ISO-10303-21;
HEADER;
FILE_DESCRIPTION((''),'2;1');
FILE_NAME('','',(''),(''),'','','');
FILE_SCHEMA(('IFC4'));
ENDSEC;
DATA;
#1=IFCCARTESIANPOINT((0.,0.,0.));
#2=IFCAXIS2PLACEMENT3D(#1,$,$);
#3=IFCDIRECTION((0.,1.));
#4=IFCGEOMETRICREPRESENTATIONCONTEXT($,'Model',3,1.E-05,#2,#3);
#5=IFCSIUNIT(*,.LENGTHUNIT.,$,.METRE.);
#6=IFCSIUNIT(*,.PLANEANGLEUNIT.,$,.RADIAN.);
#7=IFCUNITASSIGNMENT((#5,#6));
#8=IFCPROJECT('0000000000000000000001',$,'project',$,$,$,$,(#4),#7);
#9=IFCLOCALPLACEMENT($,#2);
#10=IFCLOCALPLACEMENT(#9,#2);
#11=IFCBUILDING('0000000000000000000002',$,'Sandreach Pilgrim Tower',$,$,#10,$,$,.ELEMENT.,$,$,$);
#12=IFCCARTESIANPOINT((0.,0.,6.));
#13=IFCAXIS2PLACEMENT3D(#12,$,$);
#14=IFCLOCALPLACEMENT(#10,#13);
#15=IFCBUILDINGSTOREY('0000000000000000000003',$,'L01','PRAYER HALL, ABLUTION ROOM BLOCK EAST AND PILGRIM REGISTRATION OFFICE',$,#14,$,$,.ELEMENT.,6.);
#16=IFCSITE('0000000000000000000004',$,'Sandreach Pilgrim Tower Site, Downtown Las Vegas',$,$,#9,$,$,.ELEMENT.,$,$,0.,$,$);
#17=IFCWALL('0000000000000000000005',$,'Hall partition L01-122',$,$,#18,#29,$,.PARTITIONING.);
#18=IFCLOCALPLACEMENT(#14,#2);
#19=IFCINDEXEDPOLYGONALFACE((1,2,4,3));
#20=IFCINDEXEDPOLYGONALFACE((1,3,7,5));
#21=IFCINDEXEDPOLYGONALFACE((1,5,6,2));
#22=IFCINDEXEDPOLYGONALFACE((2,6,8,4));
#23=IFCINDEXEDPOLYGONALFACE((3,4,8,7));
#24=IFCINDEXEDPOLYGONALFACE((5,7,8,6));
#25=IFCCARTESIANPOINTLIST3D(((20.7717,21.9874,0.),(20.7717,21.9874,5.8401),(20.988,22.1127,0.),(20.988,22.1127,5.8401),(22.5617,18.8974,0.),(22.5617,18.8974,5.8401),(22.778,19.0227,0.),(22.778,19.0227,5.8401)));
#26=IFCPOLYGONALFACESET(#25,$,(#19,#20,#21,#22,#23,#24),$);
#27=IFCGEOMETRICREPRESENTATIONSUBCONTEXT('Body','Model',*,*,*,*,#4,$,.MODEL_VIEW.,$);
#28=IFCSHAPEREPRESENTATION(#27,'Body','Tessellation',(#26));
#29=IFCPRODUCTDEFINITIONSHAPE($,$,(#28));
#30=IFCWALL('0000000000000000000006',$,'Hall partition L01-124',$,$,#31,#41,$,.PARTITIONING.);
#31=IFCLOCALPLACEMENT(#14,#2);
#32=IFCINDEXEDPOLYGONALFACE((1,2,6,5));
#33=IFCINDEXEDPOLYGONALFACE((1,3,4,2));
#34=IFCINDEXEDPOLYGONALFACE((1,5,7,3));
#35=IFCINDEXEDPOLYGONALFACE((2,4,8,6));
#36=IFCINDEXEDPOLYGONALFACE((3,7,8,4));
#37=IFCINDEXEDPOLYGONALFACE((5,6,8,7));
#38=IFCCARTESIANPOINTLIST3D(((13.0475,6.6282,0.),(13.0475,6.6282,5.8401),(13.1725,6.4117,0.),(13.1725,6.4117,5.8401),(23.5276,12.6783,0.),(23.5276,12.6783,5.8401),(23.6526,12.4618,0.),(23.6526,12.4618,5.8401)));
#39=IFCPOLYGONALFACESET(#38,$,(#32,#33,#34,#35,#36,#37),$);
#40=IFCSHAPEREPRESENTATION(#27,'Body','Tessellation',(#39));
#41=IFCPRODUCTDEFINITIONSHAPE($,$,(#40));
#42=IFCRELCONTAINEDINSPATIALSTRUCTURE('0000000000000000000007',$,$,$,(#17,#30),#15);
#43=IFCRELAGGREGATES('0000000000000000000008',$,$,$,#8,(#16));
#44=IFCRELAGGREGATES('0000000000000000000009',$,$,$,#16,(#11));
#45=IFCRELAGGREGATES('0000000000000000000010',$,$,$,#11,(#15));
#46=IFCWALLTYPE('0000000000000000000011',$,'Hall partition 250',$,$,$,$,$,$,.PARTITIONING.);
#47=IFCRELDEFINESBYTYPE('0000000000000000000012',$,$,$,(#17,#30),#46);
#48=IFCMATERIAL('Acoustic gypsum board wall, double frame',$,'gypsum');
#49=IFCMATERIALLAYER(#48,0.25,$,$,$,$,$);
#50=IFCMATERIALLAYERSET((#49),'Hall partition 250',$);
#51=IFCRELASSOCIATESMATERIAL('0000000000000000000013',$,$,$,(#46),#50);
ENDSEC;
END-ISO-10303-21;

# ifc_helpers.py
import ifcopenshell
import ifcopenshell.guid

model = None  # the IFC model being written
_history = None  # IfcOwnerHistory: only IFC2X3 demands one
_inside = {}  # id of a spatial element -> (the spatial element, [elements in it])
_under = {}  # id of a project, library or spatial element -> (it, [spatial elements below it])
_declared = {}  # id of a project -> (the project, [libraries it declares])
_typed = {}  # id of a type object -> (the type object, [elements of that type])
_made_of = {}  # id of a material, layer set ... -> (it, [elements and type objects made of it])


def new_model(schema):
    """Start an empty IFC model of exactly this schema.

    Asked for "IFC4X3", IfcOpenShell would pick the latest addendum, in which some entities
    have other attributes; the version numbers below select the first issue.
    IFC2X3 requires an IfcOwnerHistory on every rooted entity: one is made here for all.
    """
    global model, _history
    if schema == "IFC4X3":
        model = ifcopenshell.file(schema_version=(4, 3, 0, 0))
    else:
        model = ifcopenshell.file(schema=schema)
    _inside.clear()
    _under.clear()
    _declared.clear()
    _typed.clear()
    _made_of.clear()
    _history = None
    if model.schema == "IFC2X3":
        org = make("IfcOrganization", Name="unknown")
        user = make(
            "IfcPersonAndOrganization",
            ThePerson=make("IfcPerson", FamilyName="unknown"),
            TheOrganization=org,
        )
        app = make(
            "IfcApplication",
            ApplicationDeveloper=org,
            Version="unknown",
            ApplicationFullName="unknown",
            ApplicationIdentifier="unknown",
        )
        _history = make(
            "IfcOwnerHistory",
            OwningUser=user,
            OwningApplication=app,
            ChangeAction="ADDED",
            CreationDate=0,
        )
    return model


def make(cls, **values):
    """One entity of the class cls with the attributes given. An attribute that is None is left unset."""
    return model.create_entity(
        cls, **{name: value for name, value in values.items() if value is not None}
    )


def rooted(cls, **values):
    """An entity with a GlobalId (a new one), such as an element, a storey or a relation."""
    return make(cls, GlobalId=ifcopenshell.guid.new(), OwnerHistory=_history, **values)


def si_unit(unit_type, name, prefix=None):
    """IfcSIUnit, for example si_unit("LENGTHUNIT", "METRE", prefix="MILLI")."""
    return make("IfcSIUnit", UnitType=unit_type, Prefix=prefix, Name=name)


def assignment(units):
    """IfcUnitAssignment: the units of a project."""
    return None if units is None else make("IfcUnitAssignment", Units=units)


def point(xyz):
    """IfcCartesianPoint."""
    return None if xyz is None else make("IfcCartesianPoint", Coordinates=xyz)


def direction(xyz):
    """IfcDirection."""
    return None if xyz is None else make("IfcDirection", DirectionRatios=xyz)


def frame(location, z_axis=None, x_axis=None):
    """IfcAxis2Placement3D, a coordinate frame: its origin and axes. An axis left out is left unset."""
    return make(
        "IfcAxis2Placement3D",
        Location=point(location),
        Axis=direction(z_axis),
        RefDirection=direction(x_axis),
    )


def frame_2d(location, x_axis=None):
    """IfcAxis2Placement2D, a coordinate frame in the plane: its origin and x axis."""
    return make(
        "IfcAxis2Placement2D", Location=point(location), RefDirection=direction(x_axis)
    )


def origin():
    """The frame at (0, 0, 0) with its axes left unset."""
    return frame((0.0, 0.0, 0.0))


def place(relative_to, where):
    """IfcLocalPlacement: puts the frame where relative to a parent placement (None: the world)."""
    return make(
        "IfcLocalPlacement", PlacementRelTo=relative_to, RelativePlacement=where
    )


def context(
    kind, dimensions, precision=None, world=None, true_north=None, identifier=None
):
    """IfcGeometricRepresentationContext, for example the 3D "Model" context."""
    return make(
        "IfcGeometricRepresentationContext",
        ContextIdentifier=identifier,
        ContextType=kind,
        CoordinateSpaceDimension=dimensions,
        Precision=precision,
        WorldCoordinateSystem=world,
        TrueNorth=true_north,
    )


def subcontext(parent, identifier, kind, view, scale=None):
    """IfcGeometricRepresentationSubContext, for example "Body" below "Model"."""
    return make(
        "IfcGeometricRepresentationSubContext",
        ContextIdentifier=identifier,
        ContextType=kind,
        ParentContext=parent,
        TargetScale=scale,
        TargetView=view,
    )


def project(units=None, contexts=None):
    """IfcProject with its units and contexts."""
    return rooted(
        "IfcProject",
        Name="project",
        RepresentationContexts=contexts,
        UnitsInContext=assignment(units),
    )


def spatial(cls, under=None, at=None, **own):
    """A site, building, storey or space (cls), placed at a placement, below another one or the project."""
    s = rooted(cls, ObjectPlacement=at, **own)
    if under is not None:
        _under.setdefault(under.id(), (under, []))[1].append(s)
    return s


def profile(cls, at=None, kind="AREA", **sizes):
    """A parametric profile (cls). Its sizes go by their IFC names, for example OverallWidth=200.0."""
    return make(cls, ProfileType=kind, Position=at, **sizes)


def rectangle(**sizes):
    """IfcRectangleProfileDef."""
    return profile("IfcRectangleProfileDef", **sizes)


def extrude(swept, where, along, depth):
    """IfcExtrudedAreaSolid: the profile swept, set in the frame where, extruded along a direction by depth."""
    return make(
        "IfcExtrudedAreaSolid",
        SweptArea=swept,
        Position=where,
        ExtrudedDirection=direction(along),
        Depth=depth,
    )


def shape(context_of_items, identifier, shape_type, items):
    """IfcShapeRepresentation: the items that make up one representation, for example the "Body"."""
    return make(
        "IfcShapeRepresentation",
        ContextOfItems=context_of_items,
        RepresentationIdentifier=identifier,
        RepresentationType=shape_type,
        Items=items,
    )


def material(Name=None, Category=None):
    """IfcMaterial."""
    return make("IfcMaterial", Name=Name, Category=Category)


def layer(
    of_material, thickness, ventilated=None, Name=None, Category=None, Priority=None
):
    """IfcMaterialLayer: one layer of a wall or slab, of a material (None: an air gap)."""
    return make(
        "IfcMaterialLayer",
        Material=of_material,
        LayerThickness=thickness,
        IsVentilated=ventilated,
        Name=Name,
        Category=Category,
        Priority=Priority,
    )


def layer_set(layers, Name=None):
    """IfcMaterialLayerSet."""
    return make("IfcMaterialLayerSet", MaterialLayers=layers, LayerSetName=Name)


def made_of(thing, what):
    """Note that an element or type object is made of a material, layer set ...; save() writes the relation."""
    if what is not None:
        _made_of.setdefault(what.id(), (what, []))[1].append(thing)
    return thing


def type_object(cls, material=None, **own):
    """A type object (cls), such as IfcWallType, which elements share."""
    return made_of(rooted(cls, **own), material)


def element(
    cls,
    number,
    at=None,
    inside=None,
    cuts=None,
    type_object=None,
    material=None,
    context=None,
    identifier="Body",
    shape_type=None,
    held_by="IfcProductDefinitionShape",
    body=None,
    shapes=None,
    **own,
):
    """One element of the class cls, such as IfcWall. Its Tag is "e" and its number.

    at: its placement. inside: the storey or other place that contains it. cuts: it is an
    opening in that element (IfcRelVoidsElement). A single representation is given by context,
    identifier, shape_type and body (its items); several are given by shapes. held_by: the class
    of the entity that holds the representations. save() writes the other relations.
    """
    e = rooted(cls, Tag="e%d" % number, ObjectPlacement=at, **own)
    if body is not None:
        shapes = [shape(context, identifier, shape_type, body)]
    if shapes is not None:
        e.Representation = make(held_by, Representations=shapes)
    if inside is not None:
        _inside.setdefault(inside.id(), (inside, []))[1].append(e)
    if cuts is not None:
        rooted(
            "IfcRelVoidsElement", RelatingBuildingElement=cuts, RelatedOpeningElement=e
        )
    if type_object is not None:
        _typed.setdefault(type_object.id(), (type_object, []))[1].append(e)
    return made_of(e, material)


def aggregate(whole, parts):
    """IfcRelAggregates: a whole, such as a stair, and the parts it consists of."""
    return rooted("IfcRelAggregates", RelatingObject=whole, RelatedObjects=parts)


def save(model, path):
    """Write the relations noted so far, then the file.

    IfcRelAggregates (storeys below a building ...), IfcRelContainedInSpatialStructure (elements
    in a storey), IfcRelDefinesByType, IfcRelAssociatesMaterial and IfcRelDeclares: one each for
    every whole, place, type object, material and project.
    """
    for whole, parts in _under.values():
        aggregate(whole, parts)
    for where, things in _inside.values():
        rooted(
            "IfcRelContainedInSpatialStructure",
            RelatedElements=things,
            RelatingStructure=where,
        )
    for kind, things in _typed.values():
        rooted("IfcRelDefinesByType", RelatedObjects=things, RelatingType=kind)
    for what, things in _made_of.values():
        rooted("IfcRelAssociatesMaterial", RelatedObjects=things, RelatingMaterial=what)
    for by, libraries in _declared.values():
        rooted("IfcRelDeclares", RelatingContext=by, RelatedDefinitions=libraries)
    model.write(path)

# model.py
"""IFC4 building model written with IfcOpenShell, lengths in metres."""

from ifc_helpers import new_model, si_unit, direction, frame, frame_2d, origin, place, context, subcontext, project, spatial, rectangle, extrude, material, layer, layer_set, type_object, element, save


model = new_model("IFC4")

# Units and contexts
model_context = context("Model", 3, precision=1e-05, world=origin(), true_north=direction((0.0, 1.0)))
body_context = subcontext(model_context, "Body", "Model", "MODEL_VIEW")
ifc_project = project(units=[si_unit("LENGTHUNIT", "METRE"), si_unit("PLANEANGLEUNIT", "RADIAN")], contexts=[model_context])

# Site, building, storey
site_placement = place(None, origin())
site = spatial("IfcSite", under=ifc_project, at=site_placement, Name="Sandreach Pilgrim Tower Site, Downtown Las Vegas", CompositionType="ELEMENT", RefElevation=0.0)
building_placement = place(site_placement, origin())
building = spatial("IfcBuilding", under=site, at=building_placement, Name="Sandreach Pilgrim Tower", CompositionType="ELEMENT")
storey_placement = place(building_placement, frame((0.0, 0.0, 6.0)))
storey = spatial("IfcBuildingStorey", under=building, at=storey_placement, Name="L01", Description="PRAYER HALL, ABLUTION ROOM BLOCK EAST AND PILGRIM REGISTRATION OFFICE", CompositionType="ELEMENT", Elevation=6.0)

# Shared definitions
ifc_material_1 = material(Name="Acoustic gypsum board wall, double frame", Category="gypsum")
ifc_layer = layer(ifc_material_1, 0.25)
ifc_layer_set = layer_set([ifc_layer], Name="Hall partition 250")
wall_type = type_object("IfcWallType", Name="Hall partition 250", PredefinedType="PARTITIONING", material=ifc_layer_set)

# Walls
wall_1_placement = place(storey_placement, frame((22.6699, 18.96, 0.0), z_axis=(0.0, 0.0, 1.0), x_axis=(-0.501255, 0.8653, 0.0)))
element("IfcWall", 1, at=wall_1_placement, inside=storey, type_object=wall_type, Name="Hall partition L01-122", PredefinedType="PARTITIONING", context=body_context, shape_type="SweptSolid", body=[
    extrude(rectangle(XDim=3.571, YDim=0.25, at=frame_2d((1.7856, 0.0))), origin(), (0.0, 0.0, 1.0), 5.8401),
])
wall_2_placement = place(storey_placement, frame((23.5901, 12.5701, 0.0), z_axis=(0.0, 0.0, 1.0), x_axis=(-0.866046, -0.499965, 0.0)))
element("IfcWall", 2, at=wall_2_placement, inside=storey, type_object=wall_type, Name="Hall partition L01-124", PredefinedType="PARTITIONING", context=body_context, shape_type="SweptSolid", body=[
    extrude(rectangle(XDim=12.1011, YDim=0.25, at=frame_2d((6.0505, 0.0))), origin(), (0.0, 0.0, 1.0), 5.8401),
])

save(model, "model.ifc")
